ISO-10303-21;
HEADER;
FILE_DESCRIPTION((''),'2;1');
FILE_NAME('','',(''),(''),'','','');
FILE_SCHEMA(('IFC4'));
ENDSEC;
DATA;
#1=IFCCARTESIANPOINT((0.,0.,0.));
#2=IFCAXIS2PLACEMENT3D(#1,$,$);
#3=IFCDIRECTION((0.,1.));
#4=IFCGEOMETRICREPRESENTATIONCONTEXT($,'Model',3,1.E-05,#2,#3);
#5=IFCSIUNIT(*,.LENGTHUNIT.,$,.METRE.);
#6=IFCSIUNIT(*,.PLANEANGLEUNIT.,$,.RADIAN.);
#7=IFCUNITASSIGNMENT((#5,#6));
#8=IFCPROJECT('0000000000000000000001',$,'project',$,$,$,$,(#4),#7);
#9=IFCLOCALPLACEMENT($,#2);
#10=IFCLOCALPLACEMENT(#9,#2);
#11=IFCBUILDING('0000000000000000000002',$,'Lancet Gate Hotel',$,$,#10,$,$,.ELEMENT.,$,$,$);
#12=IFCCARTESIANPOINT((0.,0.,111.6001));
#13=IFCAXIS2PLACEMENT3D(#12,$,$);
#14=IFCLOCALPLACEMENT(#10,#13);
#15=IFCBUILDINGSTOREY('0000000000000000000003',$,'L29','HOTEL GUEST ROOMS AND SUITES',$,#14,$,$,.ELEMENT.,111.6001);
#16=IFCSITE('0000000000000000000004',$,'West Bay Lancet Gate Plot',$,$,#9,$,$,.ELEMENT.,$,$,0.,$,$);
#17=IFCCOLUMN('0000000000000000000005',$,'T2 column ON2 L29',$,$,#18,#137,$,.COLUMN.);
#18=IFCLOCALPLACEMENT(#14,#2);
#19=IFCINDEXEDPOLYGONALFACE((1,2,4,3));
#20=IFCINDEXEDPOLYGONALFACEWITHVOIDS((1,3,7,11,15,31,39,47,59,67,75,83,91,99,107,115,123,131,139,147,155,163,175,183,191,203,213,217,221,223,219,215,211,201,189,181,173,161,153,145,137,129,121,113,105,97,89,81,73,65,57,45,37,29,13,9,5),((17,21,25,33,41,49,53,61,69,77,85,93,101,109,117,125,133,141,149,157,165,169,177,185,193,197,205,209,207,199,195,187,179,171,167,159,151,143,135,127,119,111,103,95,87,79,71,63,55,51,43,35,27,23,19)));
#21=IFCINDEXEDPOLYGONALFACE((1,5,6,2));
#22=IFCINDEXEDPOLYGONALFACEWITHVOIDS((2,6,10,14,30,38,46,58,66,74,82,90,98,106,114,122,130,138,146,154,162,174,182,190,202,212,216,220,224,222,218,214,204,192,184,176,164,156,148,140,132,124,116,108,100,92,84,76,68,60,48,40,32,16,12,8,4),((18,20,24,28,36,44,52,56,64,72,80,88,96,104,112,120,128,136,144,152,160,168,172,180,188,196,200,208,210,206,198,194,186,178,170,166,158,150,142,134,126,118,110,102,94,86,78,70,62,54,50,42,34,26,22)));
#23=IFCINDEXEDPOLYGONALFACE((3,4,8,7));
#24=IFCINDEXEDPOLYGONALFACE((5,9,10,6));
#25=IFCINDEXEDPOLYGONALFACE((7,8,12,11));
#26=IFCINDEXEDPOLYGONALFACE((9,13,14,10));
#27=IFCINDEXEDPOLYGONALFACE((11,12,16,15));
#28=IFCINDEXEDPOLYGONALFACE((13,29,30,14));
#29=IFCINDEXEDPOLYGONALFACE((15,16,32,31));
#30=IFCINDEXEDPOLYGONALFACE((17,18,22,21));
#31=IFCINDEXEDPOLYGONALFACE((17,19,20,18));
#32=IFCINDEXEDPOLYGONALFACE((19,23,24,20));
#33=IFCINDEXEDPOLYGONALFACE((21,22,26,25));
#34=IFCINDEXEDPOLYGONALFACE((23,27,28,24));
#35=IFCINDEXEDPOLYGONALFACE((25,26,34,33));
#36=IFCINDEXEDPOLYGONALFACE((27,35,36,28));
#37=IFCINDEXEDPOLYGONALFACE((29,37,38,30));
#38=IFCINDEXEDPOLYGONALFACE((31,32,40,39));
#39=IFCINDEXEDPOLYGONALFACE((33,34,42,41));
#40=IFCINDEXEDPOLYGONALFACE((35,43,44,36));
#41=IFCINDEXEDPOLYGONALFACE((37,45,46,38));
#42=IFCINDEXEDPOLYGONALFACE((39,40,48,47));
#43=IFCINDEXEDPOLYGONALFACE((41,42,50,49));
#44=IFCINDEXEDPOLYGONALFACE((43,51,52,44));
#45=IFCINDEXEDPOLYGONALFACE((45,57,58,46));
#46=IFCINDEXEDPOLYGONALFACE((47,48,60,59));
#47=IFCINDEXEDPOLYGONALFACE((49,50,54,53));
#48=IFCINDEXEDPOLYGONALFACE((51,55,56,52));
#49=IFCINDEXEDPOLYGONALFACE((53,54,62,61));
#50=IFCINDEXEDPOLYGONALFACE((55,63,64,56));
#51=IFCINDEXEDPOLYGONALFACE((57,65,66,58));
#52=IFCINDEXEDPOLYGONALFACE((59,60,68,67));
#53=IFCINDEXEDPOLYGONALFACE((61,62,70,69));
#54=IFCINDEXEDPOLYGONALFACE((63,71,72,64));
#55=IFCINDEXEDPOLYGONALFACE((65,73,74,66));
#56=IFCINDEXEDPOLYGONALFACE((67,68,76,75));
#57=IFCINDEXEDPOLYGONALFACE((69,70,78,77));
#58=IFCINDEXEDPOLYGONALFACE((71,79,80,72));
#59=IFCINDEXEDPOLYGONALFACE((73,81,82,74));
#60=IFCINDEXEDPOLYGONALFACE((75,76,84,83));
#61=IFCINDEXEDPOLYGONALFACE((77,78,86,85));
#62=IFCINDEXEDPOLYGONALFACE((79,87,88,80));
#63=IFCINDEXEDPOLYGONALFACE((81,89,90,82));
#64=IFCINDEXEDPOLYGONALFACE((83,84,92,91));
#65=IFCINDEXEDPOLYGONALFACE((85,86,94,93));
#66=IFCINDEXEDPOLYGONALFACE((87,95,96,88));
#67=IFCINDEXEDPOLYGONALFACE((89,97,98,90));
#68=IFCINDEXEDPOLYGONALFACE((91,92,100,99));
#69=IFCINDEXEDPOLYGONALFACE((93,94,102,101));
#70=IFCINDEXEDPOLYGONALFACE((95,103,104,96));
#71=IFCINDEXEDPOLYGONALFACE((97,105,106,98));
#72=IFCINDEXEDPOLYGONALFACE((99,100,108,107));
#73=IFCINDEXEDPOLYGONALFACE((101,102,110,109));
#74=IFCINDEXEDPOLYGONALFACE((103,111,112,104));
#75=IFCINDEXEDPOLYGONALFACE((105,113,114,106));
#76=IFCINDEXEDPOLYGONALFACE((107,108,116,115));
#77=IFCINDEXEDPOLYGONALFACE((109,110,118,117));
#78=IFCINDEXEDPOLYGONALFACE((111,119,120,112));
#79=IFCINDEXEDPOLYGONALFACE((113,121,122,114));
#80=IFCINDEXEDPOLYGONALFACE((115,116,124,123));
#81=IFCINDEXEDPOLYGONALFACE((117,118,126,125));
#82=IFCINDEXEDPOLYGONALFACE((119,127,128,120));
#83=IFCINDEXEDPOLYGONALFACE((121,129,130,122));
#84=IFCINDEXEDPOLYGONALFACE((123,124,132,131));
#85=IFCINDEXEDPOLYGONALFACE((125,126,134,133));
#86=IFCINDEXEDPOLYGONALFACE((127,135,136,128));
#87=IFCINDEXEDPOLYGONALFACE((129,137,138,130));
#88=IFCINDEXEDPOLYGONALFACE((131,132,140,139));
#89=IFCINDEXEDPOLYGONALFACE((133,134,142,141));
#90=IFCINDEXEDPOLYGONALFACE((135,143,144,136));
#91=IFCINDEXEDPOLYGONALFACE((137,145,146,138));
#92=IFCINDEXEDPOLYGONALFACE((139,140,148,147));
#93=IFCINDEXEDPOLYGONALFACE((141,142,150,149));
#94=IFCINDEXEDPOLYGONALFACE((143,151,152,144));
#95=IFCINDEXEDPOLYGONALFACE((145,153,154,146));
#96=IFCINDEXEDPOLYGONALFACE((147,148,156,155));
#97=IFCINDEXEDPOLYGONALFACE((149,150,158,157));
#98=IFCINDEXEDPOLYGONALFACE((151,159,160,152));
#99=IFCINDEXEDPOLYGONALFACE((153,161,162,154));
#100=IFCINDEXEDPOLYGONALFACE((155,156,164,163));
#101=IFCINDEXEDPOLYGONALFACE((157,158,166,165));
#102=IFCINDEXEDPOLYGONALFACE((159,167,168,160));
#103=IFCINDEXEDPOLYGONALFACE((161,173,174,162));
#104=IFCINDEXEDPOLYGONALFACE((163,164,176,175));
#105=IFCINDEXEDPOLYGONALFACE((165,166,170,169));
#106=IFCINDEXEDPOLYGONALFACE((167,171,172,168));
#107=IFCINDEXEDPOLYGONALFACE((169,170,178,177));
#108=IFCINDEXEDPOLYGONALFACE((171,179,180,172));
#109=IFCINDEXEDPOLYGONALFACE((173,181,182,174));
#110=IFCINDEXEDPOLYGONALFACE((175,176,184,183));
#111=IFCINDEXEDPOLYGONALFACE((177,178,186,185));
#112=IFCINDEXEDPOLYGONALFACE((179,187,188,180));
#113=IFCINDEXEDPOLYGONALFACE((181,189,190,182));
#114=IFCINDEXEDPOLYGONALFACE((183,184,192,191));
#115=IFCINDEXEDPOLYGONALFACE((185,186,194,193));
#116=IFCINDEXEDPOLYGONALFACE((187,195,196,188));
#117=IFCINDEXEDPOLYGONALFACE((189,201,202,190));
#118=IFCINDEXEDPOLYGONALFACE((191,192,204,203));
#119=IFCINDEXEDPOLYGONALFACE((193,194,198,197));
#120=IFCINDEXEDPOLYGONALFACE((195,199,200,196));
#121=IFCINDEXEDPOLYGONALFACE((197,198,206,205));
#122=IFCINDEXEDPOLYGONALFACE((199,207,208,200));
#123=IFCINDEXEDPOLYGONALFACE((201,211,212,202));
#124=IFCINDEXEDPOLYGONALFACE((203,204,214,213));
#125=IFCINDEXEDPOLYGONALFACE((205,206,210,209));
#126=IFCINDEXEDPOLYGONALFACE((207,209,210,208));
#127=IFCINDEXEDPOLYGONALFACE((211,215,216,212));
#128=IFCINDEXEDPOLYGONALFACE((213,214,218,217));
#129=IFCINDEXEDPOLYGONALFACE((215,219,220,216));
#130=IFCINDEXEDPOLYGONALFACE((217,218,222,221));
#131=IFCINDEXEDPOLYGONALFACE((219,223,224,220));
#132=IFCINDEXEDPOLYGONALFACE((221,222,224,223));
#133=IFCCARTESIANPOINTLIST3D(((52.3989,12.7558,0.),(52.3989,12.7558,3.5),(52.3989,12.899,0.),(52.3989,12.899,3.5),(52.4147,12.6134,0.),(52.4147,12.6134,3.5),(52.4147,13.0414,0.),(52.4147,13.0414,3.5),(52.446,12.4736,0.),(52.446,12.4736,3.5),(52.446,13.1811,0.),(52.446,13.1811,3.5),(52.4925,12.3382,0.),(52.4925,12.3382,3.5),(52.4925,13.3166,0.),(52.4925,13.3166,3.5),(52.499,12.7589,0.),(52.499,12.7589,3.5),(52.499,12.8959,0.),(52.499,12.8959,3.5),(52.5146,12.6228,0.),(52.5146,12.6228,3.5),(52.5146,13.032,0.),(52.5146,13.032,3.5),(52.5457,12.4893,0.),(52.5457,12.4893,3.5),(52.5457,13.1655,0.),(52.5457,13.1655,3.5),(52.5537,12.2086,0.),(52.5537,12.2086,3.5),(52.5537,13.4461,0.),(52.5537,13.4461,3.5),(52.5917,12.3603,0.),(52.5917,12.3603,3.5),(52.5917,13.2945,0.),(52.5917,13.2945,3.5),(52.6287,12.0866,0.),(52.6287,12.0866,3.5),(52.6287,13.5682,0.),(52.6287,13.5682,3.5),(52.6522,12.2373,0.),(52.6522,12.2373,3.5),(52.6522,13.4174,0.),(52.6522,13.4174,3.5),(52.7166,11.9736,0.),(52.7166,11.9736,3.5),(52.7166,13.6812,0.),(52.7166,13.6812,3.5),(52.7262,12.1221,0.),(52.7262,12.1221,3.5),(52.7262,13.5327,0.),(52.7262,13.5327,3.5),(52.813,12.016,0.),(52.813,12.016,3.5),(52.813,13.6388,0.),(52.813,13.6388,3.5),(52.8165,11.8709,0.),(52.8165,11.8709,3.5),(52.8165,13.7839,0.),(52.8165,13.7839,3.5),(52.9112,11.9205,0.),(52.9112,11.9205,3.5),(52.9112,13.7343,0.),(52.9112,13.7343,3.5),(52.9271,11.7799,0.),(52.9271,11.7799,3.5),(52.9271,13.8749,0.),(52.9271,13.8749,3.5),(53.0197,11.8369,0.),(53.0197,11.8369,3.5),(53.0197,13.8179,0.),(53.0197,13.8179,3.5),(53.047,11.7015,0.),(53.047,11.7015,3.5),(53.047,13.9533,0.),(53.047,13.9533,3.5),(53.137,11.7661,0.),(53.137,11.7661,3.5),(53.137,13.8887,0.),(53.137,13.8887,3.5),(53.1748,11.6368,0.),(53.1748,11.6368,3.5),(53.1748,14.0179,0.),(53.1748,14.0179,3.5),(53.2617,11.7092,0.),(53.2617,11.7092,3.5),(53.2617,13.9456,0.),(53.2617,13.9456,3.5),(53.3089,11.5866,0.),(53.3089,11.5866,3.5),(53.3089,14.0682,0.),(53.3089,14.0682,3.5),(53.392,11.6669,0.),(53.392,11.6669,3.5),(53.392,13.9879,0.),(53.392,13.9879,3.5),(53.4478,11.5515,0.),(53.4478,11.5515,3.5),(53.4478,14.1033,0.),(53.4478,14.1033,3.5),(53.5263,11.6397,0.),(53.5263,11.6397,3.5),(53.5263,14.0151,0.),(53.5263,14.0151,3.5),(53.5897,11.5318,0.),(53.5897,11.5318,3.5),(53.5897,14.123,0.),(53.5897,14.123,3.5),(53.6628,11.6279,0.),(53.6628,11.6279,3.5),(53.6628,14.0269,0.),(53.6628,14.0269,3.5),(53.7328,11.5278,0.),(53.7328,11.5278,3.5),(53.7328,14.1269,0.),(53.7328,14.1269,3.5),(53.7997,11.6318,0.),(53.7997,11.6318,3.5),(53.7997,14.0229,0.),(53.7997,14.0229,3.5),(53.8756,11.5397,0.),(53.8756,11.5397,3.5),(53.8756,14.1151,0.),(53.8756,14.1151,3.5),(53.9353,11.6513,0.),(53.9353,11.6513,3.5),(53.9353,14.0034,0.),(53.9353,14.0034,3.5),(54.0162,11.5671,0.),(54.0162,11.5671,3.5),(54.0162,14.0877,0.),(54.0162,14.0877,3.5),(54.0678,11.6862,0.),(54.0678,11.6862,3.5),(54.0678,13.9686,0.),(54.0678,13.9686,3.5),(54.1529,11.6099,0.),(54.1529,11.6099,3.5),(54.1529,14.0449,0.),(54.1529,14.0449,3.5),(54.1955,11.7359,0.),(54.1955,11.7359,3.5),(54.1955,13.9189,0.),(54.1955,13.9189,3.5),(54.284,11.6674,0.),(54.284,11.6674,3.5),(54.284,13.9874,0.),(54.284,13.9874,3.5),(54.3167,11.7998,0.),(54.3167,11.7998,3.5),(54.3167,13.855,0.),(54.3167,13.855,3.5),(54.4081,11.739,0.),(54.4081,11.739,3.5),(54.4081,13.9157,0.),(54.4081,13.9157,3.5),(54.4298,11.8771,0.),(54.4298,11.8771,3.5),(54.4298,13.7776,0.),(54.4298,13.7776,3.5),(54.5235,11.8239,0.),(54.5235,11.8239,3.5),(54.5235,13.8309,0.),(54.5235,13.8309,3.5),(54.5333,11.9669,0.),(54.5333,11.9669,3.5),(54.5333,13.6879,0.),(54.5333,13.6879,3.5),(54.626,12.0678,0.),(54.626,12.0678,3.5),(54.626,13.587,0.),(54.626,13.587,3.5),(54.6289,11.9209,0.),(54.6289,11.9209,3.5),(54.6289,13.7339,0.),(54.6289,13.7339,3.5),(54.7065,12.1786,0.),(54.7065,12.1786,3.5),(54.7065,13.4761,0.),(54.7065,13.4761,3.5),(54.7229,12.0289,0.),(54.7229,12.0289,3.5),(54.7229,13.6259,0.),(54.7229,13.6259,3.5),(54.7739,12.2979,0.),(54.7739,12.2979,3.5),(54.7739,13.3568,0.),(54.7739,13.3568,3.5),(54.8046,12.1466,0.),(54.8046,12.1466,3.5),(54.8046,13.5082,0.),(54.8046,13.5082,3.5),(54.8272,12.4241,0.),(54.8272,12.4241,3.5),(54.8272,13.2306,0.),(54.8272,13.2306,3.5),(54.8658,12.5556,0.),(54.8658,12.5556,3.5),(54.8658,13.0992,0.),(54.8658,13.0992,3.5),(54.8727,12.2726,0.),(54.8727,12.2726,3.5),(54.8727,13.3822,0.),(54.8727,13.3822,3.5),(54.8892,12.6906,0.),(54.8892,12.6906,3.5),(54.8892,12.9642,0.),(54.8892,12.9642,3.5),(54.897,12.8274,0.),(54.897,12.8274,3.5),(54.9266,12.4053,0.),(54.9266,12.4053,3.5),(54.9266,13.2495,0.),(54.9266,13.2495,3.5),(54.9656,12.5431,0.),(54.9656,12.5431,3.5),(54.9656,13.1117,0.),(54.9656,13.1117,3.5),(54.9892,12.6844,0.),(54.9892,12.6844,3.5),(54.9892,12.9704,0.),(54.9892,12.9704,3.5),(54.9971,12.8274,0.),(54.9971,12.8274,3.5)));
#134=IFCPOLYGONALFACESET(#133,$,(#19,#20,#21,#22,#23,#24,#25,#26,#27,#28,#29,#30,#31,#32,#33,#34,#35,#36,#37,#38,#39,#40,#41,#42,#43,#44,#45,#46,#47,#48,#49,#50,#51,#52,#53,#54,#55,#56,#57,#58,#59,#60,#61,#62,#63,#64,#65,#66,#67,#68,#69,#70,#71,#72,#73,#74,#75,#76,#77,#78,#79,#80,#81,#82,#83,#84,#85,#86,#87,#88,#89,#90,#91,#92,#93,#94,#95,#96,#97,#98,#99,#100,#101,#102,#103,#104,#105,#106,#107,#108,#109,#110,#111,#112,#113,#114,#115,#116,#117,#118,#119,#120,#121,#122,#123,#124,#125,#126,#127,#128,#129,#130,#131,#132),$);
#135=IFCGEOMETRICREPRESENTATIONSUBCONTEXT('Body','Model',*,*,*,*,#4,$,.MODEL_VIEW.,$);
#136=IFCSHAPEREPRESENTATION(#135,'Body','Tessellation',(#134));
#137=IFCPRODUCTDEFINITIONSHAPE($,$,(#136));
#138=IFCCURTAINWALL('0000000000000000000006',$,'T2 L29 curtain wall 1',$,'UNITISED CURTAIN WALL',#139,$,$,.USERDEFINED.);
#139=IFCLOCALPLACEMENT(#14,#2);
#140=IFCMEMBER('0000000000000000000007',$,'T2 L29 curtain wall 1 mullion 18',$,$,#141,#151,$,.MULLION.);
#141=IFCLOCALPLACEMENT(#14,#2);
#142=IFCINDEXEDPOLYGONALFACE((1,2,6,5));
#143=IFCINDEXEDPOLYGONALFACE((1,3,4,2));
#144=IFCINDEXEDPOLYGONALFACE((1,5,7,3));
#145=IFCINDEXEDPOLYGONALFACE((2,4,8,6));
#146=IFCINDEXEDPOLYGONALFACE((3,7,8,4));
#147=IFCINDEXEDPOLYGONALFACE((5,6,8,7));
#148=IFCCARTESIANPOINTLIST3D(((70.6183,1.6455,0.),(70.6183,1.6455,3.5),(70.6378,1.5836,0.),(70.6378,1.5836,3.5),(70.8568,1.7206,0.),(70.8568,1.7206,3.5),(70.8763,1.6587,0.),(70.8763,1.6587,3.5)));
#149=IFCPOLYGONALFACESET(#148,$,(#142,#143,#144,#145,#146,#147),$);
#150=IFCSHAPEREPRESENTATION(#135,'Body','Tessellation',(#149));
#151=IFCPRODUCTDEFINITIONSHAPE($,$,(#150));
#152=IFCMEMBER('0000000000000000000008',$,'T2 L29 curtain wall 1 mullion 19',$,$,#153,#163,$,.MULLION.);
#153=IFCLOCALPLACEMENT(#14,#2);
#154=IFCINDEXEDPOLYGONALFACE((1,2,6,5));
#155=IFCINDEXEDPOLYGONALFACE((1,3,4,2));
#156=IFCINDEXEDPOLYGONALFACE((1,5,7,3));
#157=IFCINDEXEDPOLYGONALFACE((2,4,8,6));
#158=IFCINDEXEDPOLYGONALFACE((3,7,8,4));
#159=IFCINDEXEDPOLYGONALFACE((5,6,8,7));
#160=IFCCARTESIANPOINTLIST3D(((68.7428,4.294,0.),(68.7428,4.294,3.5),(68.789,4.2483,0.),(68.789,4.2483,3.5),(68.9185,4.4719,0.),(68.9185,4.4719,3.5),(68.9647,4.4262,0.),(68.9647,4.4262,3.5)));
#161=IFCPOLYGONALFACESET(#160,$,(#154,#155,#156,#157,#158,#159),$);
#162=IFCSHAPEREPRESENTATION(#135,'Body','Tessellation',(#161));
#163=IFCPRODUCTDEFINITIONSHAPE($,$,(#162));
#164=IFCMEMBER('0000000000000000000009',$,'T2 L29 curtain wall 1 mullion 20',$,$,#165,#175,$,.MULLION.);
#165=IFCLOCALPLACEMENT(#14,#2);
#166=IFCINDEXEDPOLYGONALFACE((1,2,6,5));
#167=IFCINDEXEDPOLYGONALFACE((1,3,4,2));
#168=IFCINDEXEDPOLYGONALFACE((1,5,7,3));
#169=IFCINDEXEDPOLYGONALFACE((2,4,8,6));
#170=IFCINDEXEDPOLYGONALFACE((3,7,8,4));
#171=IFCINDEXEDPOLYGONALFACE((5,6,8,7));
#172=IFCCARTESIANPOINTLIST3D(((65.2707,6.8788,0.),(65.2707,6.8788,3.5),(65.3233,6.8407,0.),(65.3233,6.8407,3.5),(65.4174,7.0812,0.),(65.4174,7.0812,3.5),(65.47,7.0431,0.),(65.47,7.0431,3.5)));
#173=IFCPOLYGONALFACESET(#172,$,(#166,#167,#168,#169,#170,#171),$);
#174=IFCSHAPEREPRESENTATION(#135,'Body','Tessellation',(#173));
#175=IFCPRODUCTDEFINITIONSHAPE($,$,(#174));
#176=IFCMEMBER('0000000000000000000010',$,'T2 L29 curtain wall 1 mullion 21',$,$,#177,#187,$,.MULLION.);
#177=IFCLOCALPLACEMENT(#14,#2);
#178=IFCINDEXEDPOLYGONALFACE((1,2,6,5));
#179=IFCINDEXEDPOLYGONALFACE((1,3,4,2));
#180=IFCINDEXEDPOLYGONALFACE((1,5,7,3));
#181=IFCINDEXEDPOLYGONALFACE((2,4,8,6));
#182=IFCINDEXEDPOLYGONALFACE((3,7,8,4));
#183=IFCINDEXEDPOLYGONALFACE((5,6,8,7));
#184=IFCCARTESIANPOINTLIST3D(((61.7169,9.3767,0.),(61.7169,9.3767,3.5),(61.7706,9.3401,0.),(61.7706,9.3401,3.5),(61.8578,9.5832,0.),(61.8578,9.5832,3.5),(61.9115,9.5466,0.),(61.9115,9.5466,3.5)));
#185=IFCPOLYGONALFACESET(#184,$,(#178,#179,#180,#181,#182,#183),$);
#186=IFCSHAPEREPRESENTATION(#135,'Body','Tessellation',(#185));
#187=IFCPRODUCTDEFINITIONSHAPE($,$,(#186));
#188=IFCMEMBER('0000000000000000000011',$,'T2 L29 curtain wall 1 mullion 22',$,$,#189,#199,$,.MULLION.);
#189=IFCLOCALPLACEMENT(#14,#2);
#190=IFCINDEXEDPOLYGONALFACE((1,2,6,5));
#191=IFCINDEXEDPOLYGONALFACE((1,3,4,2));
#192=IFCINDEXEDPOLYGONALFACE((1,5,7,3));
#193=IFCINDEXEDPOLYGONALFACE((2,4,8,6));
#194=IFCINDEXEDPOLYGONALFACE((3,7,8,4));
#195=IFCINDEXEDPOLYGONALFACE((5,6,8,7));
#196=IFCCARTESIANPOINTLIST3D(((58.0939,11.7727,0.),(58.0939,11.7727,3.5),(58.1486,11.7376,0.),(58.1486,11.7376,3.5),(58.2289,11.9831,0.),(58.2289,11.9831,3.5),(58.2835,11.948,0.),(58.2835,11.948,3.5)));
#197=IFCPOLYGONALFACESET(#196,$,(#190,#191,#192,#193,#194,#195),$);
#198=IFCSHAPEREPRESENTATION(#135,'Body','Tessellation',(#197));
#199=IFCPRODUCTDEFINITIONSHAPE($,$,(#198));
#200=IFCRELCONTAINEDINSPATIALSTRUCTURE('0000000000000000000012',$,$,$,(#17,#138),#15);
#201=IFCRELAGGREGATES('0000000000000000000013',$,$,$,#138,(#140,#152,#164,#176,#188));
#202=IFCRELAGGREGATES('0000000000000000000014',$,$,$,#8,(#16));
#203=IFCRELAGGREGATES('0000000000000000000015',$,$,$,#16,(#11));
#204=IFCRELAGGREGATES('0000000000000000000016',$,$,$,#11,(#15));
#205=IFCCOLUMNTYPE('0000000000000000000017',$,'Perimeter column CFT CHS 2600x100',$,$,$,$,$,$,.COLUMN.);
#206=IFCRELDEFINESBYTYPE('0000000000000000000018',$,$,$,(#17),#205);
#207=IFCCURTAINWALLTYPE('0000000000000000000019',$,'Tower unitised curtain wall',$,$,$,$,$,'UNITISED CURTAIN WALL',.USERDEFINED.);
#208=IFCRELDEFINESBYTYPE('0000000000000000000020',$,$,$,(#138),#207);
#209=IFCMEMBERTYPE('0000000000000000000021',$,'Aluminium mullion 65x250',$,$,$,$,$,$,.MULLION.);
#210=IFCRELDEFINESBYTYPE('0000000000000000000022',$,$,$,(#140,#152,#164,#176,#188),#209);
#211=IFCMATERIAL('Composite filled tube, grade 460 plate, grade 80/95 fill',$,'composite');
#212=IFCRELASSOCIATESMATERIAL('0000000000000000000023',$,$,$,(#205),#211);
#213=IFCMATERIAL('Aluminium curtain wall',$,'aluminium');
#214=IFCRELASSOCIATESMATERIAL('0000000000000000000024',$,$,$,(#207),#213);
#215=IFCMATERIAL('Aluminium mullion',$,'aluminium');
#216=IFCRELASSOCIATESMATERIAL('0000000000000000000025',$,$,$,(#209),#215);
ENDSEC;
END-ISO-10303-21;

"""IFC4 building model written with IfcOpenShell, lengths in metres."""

from ifc_helpers import new_model, si_unit, direction, frame, origin, origin_2d, place, context, subcontext, project, spatial, rectangle, hollow_circle, extrude, material, material_profile, profile_set, type_object, element, aggregate, save


model = new_model("IFC4")

# Units and contexts
model_context = context("Model", 3, precision=1e-05, world=origin(), true_north=direction((0.0, 1.0)))
body_context = subcontext(model_context, "Body", "Model", "MODEL_VIEW")
ifc_project = project(units=[si_unit("LENGTHUNIT", "METRE"), si_unit("PLANEANGLEUNIT", "RADIAN")], contexts=[model_context])

# Site, building, storey
site_placement = place(None, origin())
site = spatial("IfcSite", under=ifc_project, at=site_placement, Name="West Bay Lancet Gate Plot", CompositionType="ELEMENT", RefElevation=0.0)
building_placement = place(site_placement, origin())
building = spatial("IfcBuilding", under=site, at=building_placement, Name="Lancet Gate Hotel", CompositionType="ELEMENT")
storey_placement = place(building_placement, frame((0.0, 0.0, 111.6001)))
storey = spatial("IfcBuildingStorey", under=building, at=storey_placement, Name="L29", Description="HOTEL GUEST ROOMS AND SUITES", CompositionType="ELEMENT", Elevation=111.6001)

# Column
ifc_material_1 = material(Name="Composite filled tube, grade 460 plate, grade 80/95 fill", Category="composite")
ifc_material_profile_1 = material_profile(ifc_material_1, hollow_circle(Radius=1.3, WallThickness=0.1001, at=origin_2d()), Name="CHS 2600x100")
ifc_profile_set_1 = profile_set([ifc_material_profile_1], Name="Composite filled tube, grade 460 plate, grade 80/95 fill")
column_type = type_object("IfcColumnType", Name="Perimeter column CFT CHS 2600x100", PredefinedType="COLUMN", material=ifc_profile_set_1)
for number, where, z_axis, x_axis, name in (
    (1, (53.697, 12.8274, 0.0), (0.0, 0.0, 1.0), (1.0, 0.0, 0.0), "T2 column ON2 L29"),
):
    element("IfcColumn", number, at=place(storey_placement, frame(where, z_axis=z_axis, x_axis=x_axis)), inside=storey, type_object=column_type, Name=name, PredefinedType="COLUMN", context=body_context, shape_type="SweptSolid", body=[
        extrude(hollow_circle(Radius=1.3, WallThickness=0.1001, at=origin_2d()), origin(), (0.0, 0.0, 1.0), 3.5),
    ])

# Curtain wall, members
ifc_material_2 = material(Name="Aluminium curtain wall", Category="aluminium")
curtain_wall_type = type_object("IfcCurtainWallType", Name="Tower unitised curtain wall", ElementType="UNITISED CURTAIN WALL", PredefinedType="USERDEFINED", material=ifc_material_2)
curtain_wall_placement = place(storey_placement, origin())
curtain_wall = element("IfcCurtainWall", 2, at=curtain_wall_placement, inside=storey, type_object=curtain_wall_type, Name="T2 L29 curtain wall 1", ObjectType="UNITISED CURTAIN WALL", PredefinedType="USERDEFINED")
ifc_material_3 = material(Name="Aluminium mullion", Category="aluminium")
ifc_material_profile_2 = material_profile(ifc_material_3, rectangle(XDim=0.0649, YDim=0.25, at=origin_2d()), Name="MULLION 65x250")
ifc_profile_set_2 = profile_set([ifc_material_profile_2], Name="Aluminium mullion")
member_type_1 = type_object("IfcMemberType", Name="Aluminium mullion 65x250", PredefinedType="MULLION", material=ifc_profile_set_2)
member_1_placement = place(storey_placement, frame((70.7473, 1.6521, 0.0), z_axis=(0.0, 0.0, 1.0), x_axis=(-0.300385, 0.953818, 0.0)))
member_1 = element("IfcMember", 3, at=member_1_placement, type_object=member_type_1, Name="T2 L29 curtain wall 1 mullion 18", PredefinedType="MULLION", context=body_context, shape_type="SweptSolid", body=[
    extrude(rectangle(XDim=0.0649, YDim=0.25, at=origin_2d()), origin(), (0.0, 0.0, 1.0), 3.5),
])
member_2_placement = place(storey_placement, frame((68.8538, 4.3601, 0.0), z_axis=(0.0, 0.0, 1.0), x_axis=(-0.71161, 0.702574, 0.0)))
member_2 = element("IfcMember", 4, at=member_2_placement, type_object=member_type_1, Name="T2 L29 curtain wall 1 mullion 19", PredefinedType="MULLION", context=body_context, shape_type="SweptSolid", body=[
    extrude(rectangle(XDim=0.0649, YDim=0.25, at=origin_2d()), origin(), (0.0, 0.0, 1.0), 3.5),
])
member_3_placement = place(storey_placement, frame((65.3704, 6.9609, 0.0), z_axis=(0.0, 0.0, 1.0), x_axis=(-0.809729, 0.586805, 0.0)))
member_3 = element("IfcMember", 5, at=member_3_placement, type_object=member_type_1, Name="T2 L29 curtain wall 1 mullion 20", PredefinedType="MULLION", context=body_context, shape_type="SweptSolid", body=[
    extrude(rectangle(XDim=0.0649, YDim=0.25, at=origin_2d()), origin(), (0.0, 0.0, 1.0), 3.5),
])
member_4_placement = place(storey_placement, frame((61.8142, 9.4617, 0.0), z_axis=(0.0, 0.0, 1.0), x_axis=(-0.826066, 0.563574, 0.0)))
member_4 = element("IfcMember", 6, at=member_4_placement, type_object=member_type_1, Name="T2 L29 curtain wall 1 mullion 21", PredefinedType="MULLION", context=body_context, shape_type="SweptSolid", body=[
    extrude(rectangle(XDim=0.0649, YDim=0.25, at=origin_2d()), origin(), (0.0, 0.0, 1.0), 3.5),
])
member_5_placement = place(storey_placement, frame((58.1887, 11.8604, 0.0), z_axis=(0.0, 0.0, 1.0), x_axis=(-0.841736, 0.539889, 0.0)))
member_5 = element("IfcMember", 7, at=member_5_placement, type_object=member_type_1, Name="T2 L29 curtain wall 1 mullion 22", PredefinedType="MULLION", context=body_context, shape_type="SweptSolid", body=[
    extrude(rectangle(XDim=0.0649, YDim=0.25, at=origin_2d()), origin(), (0.0, 0.0, 1.0), 3.5),
])

aggregate(curtain_wall, [member_1, member_2, member_3, member_4, member_5])

save(model, "model.ifc")
